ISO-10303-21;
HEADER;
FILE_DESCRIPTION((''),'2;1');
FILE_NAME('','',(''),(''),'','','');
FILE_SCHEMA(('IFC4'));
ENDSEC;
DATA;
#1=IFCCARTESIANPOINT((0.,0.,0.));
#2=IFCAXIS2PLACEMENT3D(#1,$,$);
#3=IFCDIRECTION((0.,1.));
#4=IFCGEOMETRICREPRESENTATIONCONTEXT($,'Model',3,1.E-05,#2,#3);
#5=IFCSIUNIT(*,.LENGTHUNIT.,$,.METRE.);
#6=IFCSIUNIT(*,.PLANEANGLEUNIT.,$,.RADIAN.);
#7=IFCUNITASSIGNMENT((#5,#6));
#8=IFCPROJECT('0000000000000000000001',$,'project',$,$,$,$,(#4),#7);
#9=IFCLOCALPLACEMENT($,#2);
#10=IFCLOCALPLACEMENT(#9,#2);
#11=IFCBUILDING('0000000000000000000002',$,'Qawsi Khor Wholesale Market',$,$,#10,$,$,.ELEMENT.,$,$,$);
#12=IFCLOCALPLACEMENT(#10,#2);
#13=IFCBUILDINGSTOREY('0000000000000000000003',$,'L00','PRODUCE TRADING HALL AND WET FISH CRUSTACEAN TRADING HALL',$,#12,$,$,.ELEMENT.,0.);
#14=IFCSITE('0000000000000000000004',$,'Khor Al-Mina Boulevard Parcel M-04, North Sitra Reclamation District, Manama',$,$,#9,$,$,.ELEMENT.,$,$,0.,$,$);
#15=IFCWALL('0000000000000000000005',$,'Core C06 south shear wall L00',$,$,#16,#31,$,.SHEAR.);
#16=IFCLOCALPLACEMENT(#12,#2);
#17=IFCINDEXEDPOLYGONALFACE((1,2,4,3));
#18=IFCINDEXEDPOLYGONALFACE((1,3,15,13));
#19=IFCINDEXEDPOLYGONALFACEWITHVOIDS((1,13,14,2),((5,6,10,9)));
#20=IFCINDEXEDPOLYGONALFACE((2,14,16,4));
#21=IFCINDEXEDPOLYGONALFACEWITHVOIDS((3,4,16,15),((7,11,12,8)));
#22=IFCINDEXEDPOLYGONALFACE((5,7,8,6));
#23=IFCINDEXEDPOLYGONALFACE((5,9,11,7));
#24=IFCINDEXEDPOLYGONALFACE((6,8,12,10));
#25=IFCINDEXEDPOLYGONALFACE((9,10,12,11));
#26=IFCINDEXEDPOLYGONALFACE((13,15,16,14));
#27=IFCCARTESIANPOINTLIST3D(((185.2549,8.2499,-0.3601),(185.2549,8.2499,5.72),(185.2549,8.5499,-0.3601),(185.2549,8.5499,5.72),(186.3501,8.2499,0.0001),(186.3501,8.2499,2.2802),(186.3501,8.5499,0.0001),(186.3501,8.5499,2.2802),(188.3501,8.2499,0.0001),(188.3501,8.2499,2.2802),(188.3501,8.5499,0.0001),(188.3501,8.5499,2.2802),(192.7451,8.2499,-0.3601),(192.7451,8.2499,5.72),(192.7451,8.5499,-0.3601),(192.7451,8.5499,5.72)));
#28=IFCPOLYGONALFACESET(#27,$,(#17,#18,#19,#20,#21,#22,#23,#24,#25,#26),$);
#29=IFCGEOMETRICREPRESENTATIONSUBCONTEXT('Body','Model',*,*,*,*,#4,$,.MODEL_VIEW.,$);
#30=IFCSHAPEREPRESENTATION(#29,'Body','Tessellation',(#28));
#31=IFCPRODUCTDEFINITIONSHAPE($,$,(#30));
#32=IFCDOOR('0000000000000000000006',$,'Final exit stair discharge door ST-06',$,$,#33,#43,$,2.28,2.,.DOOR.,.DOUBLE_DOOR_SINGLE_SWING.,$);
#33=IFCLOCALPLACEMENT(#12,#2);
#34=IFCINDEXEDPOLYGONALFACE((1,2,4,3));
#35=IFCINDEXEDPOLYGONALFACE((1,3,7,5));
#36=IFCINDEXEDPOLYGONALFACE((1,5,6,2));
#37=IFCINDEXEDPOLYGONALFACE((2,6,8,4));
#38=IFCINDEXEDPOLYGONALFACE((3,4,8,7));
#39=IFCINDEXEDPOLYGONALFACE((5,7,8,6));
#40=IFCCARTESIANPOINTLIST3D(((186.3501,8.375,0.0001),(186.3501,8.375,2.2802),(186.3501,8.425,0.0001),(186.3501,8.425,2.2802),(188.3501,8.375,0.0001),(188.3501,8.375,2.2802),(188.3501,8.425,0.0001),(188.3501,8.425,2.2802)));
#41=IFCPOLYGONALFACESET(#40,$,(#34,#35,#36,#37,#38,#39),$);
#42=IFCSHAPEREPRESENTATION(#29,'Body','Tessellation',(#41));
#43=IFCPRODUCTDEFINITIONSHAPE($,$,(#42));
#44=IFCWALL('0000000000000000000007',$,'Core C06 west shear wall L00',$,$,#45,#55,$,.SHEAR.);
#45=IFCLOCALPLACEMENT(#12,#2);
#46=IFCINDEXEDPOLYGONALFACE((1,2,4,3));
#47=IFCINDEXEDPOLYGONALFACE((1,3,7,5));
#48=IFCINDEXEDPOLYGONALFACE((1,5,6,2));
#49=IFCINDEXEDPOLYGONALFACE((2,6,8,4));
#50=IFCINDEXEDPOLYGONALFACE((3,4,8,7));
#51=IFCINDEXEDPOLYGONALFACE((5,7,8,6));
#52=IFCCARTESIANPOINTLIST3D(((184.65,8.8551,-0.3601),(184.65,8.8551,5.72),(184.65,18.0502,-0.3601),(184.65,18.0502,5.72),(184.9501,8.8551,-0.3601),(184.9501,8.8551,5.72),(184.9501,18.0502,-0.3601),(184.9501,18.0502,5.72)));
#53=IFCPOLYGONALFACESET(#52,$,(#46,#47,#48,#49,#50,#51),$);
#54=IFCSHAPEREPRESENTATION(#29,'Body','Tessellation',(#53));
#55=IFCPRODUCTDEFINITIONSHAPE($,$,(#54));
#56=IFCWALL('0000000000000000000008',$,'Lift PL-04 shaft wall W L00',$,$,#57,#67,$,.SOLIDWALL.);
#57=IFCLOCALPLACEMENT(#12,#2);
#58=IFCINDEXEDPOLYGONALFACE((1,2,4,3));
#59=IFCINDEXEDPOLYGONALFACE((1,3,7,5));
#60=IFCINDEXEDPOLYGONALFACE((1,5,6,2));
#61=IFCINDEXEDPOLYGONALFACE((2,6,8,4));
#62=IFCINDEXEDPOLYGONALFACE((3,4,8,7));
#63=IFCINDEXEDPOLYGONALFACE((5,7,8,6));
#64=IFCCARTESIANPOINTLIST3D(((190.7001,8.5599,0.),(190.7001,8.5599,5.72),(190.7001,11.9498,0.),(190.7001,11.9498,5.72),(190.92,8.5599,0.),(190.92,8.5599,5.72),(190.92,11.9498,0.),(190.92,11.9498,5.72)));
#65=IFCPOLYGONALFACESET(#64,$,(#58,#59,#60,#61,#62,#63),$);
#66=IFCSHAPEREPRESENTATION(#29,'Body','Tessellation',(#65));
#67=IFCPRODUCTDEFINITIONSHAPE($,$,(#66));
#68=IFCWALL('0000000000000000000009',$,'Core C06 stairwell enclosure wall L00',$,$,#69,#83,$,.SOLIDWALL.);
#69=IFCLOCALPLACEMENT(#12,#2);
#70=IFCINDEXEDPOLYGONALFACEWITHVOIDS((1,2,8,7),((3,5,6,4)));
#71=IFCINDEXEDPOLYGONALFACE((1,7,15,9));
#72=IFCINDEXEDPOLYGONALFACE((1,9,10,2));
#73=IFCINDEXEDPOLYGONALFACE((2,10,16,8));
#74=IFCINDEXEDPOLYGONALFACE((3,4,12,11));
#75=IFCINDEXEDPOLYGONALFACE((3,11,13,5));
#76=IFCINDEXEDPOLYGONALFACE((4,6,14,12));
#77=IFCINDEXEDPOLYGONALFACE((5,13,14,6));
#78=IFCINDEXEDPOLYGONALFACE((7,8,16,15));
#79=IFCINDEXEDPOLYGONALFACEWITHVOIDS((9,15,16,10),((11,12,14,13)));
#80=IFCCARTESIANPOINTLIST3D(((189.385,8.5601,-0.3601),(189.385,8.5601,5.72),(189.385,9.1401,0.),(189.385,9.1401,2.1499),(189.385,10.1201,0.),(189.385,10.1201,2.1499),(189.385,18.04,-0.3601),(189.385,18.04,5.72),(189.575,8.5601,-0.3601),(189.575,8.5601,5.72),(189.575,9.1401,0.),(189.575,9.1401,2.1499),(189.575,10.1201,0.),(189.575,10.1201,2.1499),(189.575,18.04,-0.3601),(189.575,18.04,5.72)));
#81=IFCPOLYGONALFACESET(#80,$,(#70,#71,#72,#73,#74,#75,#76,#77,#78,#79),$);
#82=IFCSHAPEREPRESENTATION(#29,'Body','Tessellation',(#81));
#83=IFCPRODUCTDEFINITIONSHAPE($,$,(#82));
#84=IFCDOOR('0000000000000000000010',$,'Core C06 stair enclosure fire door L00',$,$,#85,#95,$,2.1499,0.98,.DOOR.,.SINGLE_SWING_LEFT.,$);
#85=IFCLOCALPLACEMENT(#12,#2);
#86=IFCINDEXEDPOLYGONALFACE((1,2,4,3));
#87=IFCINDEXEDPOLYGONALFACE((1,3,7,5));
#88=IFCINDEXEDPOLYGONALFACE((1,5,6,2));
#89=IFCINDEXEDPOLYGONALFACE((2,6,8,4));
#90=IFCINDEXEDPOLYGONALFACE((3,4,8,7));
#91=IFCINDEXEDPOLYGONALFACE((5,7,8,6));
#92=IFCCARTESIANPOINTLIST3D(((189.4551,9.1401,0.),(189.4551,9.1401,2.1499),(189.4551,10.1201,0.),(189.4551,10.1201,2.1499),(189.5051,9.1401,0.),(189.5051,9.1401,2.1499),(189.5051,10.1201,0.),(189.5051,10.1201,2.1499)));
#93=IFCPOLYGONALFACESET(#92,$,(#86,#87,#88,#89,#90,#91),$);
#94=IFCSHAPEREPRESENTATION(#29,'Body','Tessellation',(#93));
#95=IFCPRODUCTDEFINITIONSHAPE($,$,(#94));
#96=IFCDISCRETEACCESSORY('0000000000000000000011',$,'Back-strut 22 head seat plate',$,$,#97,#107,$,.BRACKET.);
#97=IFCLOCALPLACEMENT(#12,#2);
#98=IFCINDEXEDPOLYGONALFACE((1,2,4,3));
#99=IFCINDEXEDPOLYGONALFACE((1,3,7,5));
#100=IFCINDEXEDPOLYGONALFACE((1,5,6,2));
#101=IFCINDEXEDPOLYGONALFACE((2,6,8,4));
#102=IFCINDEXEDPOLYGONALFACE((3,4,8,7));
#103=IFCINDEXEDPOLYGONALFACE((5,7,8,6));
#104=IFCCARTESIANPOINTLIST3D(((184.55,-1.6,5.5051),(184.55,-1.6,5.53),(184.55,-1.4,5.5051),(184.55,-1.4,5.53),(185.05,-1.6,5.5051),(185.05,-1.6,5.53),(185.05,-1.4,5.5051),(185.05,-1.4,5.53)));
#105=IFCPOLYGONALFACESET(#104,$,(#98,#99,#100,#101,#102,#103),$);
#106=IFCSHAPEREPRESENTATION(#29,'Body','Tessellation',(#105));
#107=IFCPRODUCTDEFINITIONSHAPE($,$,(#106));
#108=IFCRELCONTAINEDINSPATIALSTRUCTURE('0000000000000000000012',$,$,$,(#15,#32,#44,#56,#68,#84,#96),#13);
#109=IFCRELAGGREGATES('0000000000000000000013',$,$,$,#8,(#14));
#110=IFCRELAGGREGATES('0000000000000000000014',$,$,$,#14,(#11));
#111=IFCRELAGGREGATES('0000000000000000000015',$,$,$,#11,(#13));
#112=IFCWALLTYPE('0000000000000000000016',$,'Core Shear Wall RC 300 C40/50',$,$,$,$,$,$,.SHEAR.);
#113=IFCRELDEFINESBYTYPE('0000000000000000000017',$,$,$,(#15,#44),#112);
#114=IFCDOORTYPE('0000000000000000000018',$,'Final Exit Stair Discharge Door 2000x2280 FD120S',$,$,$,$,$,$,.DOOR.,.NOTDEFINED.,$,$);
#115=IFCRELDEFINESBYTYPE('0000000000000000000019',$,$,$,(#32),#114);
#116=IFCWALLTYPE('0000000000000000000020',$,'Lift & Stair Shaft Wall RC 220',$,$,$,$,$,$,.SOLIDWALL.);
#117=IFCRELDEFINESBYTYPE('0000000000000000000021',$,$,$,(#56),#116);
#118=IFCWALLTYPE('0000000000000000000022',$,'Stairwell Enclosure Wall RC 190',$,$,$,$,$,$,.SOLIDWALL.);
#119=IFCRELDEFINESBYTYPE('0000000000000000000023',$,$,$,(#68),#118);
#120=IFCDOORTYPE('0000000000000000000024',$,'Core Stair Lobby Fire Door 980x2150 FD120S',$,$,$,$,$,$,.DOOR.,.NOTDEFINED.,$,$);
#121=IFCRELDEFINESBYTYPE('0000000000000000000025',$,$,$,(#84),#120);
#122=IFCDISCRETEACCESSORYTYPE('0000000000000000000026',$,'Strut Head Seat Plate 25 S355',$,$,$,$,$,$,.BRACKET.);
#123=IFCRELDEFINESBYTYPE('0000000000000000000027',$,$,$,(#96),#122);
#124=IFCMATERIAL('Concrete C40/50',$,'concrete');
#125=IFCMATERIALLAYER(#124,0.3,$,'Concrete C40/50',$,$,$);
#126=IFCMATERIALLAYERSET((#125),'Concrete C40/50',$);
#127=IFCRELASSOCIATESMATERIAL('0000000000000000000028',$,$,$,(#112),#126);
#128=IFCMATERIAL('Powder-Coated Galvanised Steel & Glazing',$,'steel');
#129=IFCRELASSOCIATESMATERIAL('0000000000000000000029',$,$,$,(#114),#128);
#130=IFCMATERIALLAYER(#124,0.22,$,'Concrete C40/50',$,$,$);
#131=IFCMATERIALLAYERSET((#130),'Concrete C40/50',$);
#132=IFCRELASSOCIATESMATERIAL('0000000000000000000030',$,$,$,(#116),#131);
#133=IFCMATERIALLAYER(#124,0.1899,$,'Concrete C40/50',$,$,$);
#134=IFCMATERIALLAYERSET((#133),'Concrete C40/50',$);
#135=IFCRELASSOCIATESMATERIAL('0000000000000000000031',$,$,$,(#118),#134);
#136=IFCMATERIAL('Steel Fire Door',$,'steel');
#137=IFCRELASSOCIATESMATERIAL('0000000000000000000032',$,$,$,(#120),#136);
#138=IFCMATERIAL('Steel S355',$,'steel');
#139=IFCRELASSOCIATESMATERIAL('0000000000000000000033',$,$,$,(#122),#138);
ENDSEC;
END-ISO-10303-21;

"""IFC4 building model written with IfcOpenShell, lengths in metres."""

from ifc_helpers import new_model, si_unit, direction, frame, frame_2d, origin, origin_2d, place, context, subcontext, project, spatial, rectangle, extrude, material, layer, layer_set, type_object, element, fill, save


model = new_model("IFC4")

# Units and contexts
model_context = context("Model", 3, precision=1e-05, world=origin(), true_north=direction((0.0, 1.0)))
body_context = subcontext(model_context, "Body", "Model", "MODEL_VIEW")
ifc_project = project(units=[si_unit("LENGTHUNIT", "METRE"), si_unit("PLANEANGLEUNIT", "RADIAN")], contexts=[model_context])

# Site, building, storey
site_placement = place(None, origin())
site = spatial("IfcSite", under=ifc_project, at=site_placement, Name="Khor Al-Mina Boulevard Parcel M-04, North Sitra Reclamation District, Manama", CompositionType="ELEMENT", RefElevation=0.0)
building_placement = place(site_placement, origin())
building = spatial("IfcBuilding", under=site, at=building_placement, Name="Qawsi Khor Wholesale Market", CompositionType="ELEMENT")
storey_placement = place(building_placement, origin())
storey = spatial("IfcBuildingStorey", under=building, at=storey_placement, Name="L00", Description="PRODUCE TRADING HALL AND WET FISH CRUSTACEAN TRADING HALL", CompositionType="ELEMENT", Elevation=0.0)

# Shared definitions
ifc_material_1 = material(Name="Concrete C40/50", Category="concrete")

# Shared definitions
ifc_material_2 = material(Name="Steel S355", Category="steel")

# Wall, opening, door
ifc_layer_1 = layer(ifc_material_1, 0.3, Name="Concrete C40/50")
ifc_layer_set_1 = layer_set([ifc_layer_1], Name="Concrete C40/50")
wall_type_1 = type_object("IfcWallType", Name="Core Shear Wall RC 300 C40/50", PredefinedType="SHEAR", material=ifc_layer_set_1)
wall_1_placement = place(storey_placement, frame((192.7451, 8.3999, -0.3601), z_axis=(0.0, 0.0, 1.0), x_axis=(-1.0, 0.0, 0.0)))
wall_1 = element("IfcWall", 1, at=wall_1_placement, inside=storey, type_object=wall_type_1, Name="Core C06 south shear wall L00", PredefinedType="SHEAR", context=body_context, shape_type="SweptSolid", body=[
    extrude(rectangle(XDim=7.4902, YDim=0.3, at=frame_2d((3.7451, 0.0))), origin(), (0.0, 0.0, 1.0), 6.0801),
])
opening_1_placement = place(wall_1_placement, frame((4.395, 0.0, 0.3601)))
opening_1 = element("IfcOpeningElement", 2, at=opening_1_placement, cuts=wall_1, PredefinedType="OPENING", context=body_context, shape_type="SweptSolid", body=[
    extrude(rectangle(XDim=2.0, YDim=2.28, at=frame_2d((1.0, 1.1401))), frame((0.0, 0.1599, 0.0), z_axis=(0.0, -1.0, 0.0), x_axis=(1.0, 0.0, 0.0)), (0.0, 0.0, 1.0), 0.3201),
])
ifc_material_3 = material(Name="Powder-Coated Galvanised Steel & Glazing", Category="steel")
door_type_1 = type_object("IfcDoorType", Name="Final Exit Stair Discharge Door 2000x2280 FD120S", OperationType="NOTDEFINED", PredefinedType="DOOR", material=ifc_material_3)
door_1_placement = place(opening_1_placement, origin())
door_1 = element("IfcDoor", 3, at=door_1_placement, inside=storey, type_object=door_type_1, Name="Final exit stair discharge door ST-06", OperationType="DOUBLE_DOOR_SINGLE_SWING", OverallHeight=2.28, OverallWidth=2.0, PredefinedType="DOOR", context=body_context, shape_type="SweptSolid", body=[
    extrude(rectangle(XDim=2.0, YDim=2.28, at=frame_2d((1.0, 1.1401))), frame((0.0, 0.0249, 0.0), z_axis=(0.0, -1.0, 0.0), x_axis=(1.0, 0.0, 0.0)), (0.0, 0.0, 1.0), 0.05),
])
fill(opening_1, door_1)

# Walls
wall_2_placement = place(storey_placement, frame((184.8, 8.855, -0.3601), z_axis=(0.0, 0.0, 1.0), x_axis=(0.0, 1.0, 0.0)))
element("IfcWall", 4, at=wall_2_placement, inside=storey, type_object=wall_type_1, Name="Core C06 west shear wall L00", PredefinedType="SHEAR", context=body_context, shape_type="SweptSolid", body=[
    extrude(rectangle(XDim=9.1951, YDim=0.3, at=frame_2d((4.5977, 0.0))), origin(), (0.0, 0.0, 1.0), 6.0801),
])
ifc_layer_2 = layer(ifc_material_1, 0.22, Name="Concrete C40/50")
ifc_layer_set_2 = layer_set([ifc_layer_2], Name="Concrete C40/50")
wall_type_2 = type_object("IfcWallType", Name="Lift & Stair Shaft Wall RC 220", PredefinedType="SOLIDWALL", material=ifc_layer_set_2)
wall_3_placement = place(storey_placement, frame((190.8101, 8.5601, 0.0), z_axis=(0.0, 0.0, 1.0), x_axis=(0.0, 1.0, 0.0)))
element("IfcWall", 5, at=wall_3_placement, inside=storey, type_object=wall_type_2, Name="Lift PL-04 shaft wall W L00", PredefinedType="SOLIDWALL", context=body_context, shape_type="SweptSolid", body=[
    extrude(rectangle(XDim=3.3899, YDim=0.22, at=frame_2d((1.6948, 0.0))), origin(), (0.0, 0.0, 1.0), 5.72),
])

# Wall, opening, door
ifc_layer_3 = layer(ifc_material_1, 0.1899, Name="Concrete C40/50")
ifc_layer_set_3 = layer_set([ifc_layer_3], Name="Concrete C40/50")
wall_type_3 = type_object("IfcWallType", Name="Stairwell Enclosure Wall RC 190", PredefinedType="SOLIDWALL", material=ifc_layer_set_3)
wall_4_placement = place(storey_placement, frame((189.48, 8.5601, -0.3601), z_axis=(0.0, 0.0, 1.0), x_axis=(0.0, 1.0, 0.0)))
wall_4 = element("IfcWall", 6, at=wall_4_placement, inside=storey, type_object=wall_type_3, Name="Core C06 stairwell enclosure wall L00", PredefinedType="SOLIDWALL", context=body_context, shape_type="SweptSolid", body=[
    extrude(rectangle(XDim=9.48, YDim=0.1899, at=frame_2d((4.74, 0.0))), origin(), (0.0, 0.0, 1.0), 6.0801),
])
opening_2_placement = place(wall_4_placement, frame((0.5801, 0.0, 0.3601)))
opening_2 = element("IfcOpeningElement", 7, at=opening_2_placement, cuts=wall_4, PredefinedType="OPENING", context=body_context, shape_type="SweptSolid", body=[
    extrude(rectangle(XDim=0.98, YDim=2.1499, at=frame_2d((0.49, 1.075))), frame((0.0, 0.105, 0.0), z_axis=(0.0, -1.0, 0.0), x_axis=(1.0, 0.0, 0.0)), (0.0, 0.0, 1.0), 0.21),
])
ifc_material_4 = material(Name="Steel Fire Door", Category="steel")
door_type_2 = type_object("IfcDoorType", Name="Core Stair Lobby Fire Door 980x2150 FD120S", OperationType="NOTDEFINED", PredefinedType="DOOR", material=ifc_material_4)
door_2_placement = place(opening_2_placement, origin())
door_2 = element("IfcDoor", 8, at=door_2_placement, inside=storey, type_object=door_type_2, Name="Core C06 stair enclosure fire door L00", OperationType="SINGLE_SWING_LEFT", OverallHeight=2.1499, OverallWidth=0.98, PredefinedType="DOOR", context=body_context, shape_type="SweptSolid", body=[
    extrude(rectangle(XDim=0.98, YDim=2.1499, at=frame_2d((0.49, 1.075))), frame((0.0, 0.0249, 0.0), z_axis=(0.0, -1.0, 0.0), x_axis=(1.0, 0.0, 0.0)), (0.0, 0.0, 1.0), 0.05),
])
fill(opening_2, door_2)

# Discrete accessory
discrete_accessory_type = type_object("IfcDiscreteAccessoryType", Name="Strut Head Seat Plate 25 S355", PredefinedType="BRACKET", material=ifc_material_2)
discrete_accessory_placement = place(storey_placement, frame((184.8, -1.5, 5.5051), z_axis=(0.0, 0.0, 1.0), x_axis=(1.0, 0.0, 0.0)))
element("IfcDiscreteAccessory", 9, at=discrete_accessory_placement, inside=storey, type_object=discrete_accessory_type, Name="Back-strut 22 head seat plate", PredefinedType="BRACKET", context=body_context, shape_type="SweptSolid", body=[
    extrude(rectangle(XDim=0.5, YDim=0.2, at=origin_2d()), origin(), (0.0, 0.0, 1.0), 0.0249),
])

save(model, "model.ifc")
